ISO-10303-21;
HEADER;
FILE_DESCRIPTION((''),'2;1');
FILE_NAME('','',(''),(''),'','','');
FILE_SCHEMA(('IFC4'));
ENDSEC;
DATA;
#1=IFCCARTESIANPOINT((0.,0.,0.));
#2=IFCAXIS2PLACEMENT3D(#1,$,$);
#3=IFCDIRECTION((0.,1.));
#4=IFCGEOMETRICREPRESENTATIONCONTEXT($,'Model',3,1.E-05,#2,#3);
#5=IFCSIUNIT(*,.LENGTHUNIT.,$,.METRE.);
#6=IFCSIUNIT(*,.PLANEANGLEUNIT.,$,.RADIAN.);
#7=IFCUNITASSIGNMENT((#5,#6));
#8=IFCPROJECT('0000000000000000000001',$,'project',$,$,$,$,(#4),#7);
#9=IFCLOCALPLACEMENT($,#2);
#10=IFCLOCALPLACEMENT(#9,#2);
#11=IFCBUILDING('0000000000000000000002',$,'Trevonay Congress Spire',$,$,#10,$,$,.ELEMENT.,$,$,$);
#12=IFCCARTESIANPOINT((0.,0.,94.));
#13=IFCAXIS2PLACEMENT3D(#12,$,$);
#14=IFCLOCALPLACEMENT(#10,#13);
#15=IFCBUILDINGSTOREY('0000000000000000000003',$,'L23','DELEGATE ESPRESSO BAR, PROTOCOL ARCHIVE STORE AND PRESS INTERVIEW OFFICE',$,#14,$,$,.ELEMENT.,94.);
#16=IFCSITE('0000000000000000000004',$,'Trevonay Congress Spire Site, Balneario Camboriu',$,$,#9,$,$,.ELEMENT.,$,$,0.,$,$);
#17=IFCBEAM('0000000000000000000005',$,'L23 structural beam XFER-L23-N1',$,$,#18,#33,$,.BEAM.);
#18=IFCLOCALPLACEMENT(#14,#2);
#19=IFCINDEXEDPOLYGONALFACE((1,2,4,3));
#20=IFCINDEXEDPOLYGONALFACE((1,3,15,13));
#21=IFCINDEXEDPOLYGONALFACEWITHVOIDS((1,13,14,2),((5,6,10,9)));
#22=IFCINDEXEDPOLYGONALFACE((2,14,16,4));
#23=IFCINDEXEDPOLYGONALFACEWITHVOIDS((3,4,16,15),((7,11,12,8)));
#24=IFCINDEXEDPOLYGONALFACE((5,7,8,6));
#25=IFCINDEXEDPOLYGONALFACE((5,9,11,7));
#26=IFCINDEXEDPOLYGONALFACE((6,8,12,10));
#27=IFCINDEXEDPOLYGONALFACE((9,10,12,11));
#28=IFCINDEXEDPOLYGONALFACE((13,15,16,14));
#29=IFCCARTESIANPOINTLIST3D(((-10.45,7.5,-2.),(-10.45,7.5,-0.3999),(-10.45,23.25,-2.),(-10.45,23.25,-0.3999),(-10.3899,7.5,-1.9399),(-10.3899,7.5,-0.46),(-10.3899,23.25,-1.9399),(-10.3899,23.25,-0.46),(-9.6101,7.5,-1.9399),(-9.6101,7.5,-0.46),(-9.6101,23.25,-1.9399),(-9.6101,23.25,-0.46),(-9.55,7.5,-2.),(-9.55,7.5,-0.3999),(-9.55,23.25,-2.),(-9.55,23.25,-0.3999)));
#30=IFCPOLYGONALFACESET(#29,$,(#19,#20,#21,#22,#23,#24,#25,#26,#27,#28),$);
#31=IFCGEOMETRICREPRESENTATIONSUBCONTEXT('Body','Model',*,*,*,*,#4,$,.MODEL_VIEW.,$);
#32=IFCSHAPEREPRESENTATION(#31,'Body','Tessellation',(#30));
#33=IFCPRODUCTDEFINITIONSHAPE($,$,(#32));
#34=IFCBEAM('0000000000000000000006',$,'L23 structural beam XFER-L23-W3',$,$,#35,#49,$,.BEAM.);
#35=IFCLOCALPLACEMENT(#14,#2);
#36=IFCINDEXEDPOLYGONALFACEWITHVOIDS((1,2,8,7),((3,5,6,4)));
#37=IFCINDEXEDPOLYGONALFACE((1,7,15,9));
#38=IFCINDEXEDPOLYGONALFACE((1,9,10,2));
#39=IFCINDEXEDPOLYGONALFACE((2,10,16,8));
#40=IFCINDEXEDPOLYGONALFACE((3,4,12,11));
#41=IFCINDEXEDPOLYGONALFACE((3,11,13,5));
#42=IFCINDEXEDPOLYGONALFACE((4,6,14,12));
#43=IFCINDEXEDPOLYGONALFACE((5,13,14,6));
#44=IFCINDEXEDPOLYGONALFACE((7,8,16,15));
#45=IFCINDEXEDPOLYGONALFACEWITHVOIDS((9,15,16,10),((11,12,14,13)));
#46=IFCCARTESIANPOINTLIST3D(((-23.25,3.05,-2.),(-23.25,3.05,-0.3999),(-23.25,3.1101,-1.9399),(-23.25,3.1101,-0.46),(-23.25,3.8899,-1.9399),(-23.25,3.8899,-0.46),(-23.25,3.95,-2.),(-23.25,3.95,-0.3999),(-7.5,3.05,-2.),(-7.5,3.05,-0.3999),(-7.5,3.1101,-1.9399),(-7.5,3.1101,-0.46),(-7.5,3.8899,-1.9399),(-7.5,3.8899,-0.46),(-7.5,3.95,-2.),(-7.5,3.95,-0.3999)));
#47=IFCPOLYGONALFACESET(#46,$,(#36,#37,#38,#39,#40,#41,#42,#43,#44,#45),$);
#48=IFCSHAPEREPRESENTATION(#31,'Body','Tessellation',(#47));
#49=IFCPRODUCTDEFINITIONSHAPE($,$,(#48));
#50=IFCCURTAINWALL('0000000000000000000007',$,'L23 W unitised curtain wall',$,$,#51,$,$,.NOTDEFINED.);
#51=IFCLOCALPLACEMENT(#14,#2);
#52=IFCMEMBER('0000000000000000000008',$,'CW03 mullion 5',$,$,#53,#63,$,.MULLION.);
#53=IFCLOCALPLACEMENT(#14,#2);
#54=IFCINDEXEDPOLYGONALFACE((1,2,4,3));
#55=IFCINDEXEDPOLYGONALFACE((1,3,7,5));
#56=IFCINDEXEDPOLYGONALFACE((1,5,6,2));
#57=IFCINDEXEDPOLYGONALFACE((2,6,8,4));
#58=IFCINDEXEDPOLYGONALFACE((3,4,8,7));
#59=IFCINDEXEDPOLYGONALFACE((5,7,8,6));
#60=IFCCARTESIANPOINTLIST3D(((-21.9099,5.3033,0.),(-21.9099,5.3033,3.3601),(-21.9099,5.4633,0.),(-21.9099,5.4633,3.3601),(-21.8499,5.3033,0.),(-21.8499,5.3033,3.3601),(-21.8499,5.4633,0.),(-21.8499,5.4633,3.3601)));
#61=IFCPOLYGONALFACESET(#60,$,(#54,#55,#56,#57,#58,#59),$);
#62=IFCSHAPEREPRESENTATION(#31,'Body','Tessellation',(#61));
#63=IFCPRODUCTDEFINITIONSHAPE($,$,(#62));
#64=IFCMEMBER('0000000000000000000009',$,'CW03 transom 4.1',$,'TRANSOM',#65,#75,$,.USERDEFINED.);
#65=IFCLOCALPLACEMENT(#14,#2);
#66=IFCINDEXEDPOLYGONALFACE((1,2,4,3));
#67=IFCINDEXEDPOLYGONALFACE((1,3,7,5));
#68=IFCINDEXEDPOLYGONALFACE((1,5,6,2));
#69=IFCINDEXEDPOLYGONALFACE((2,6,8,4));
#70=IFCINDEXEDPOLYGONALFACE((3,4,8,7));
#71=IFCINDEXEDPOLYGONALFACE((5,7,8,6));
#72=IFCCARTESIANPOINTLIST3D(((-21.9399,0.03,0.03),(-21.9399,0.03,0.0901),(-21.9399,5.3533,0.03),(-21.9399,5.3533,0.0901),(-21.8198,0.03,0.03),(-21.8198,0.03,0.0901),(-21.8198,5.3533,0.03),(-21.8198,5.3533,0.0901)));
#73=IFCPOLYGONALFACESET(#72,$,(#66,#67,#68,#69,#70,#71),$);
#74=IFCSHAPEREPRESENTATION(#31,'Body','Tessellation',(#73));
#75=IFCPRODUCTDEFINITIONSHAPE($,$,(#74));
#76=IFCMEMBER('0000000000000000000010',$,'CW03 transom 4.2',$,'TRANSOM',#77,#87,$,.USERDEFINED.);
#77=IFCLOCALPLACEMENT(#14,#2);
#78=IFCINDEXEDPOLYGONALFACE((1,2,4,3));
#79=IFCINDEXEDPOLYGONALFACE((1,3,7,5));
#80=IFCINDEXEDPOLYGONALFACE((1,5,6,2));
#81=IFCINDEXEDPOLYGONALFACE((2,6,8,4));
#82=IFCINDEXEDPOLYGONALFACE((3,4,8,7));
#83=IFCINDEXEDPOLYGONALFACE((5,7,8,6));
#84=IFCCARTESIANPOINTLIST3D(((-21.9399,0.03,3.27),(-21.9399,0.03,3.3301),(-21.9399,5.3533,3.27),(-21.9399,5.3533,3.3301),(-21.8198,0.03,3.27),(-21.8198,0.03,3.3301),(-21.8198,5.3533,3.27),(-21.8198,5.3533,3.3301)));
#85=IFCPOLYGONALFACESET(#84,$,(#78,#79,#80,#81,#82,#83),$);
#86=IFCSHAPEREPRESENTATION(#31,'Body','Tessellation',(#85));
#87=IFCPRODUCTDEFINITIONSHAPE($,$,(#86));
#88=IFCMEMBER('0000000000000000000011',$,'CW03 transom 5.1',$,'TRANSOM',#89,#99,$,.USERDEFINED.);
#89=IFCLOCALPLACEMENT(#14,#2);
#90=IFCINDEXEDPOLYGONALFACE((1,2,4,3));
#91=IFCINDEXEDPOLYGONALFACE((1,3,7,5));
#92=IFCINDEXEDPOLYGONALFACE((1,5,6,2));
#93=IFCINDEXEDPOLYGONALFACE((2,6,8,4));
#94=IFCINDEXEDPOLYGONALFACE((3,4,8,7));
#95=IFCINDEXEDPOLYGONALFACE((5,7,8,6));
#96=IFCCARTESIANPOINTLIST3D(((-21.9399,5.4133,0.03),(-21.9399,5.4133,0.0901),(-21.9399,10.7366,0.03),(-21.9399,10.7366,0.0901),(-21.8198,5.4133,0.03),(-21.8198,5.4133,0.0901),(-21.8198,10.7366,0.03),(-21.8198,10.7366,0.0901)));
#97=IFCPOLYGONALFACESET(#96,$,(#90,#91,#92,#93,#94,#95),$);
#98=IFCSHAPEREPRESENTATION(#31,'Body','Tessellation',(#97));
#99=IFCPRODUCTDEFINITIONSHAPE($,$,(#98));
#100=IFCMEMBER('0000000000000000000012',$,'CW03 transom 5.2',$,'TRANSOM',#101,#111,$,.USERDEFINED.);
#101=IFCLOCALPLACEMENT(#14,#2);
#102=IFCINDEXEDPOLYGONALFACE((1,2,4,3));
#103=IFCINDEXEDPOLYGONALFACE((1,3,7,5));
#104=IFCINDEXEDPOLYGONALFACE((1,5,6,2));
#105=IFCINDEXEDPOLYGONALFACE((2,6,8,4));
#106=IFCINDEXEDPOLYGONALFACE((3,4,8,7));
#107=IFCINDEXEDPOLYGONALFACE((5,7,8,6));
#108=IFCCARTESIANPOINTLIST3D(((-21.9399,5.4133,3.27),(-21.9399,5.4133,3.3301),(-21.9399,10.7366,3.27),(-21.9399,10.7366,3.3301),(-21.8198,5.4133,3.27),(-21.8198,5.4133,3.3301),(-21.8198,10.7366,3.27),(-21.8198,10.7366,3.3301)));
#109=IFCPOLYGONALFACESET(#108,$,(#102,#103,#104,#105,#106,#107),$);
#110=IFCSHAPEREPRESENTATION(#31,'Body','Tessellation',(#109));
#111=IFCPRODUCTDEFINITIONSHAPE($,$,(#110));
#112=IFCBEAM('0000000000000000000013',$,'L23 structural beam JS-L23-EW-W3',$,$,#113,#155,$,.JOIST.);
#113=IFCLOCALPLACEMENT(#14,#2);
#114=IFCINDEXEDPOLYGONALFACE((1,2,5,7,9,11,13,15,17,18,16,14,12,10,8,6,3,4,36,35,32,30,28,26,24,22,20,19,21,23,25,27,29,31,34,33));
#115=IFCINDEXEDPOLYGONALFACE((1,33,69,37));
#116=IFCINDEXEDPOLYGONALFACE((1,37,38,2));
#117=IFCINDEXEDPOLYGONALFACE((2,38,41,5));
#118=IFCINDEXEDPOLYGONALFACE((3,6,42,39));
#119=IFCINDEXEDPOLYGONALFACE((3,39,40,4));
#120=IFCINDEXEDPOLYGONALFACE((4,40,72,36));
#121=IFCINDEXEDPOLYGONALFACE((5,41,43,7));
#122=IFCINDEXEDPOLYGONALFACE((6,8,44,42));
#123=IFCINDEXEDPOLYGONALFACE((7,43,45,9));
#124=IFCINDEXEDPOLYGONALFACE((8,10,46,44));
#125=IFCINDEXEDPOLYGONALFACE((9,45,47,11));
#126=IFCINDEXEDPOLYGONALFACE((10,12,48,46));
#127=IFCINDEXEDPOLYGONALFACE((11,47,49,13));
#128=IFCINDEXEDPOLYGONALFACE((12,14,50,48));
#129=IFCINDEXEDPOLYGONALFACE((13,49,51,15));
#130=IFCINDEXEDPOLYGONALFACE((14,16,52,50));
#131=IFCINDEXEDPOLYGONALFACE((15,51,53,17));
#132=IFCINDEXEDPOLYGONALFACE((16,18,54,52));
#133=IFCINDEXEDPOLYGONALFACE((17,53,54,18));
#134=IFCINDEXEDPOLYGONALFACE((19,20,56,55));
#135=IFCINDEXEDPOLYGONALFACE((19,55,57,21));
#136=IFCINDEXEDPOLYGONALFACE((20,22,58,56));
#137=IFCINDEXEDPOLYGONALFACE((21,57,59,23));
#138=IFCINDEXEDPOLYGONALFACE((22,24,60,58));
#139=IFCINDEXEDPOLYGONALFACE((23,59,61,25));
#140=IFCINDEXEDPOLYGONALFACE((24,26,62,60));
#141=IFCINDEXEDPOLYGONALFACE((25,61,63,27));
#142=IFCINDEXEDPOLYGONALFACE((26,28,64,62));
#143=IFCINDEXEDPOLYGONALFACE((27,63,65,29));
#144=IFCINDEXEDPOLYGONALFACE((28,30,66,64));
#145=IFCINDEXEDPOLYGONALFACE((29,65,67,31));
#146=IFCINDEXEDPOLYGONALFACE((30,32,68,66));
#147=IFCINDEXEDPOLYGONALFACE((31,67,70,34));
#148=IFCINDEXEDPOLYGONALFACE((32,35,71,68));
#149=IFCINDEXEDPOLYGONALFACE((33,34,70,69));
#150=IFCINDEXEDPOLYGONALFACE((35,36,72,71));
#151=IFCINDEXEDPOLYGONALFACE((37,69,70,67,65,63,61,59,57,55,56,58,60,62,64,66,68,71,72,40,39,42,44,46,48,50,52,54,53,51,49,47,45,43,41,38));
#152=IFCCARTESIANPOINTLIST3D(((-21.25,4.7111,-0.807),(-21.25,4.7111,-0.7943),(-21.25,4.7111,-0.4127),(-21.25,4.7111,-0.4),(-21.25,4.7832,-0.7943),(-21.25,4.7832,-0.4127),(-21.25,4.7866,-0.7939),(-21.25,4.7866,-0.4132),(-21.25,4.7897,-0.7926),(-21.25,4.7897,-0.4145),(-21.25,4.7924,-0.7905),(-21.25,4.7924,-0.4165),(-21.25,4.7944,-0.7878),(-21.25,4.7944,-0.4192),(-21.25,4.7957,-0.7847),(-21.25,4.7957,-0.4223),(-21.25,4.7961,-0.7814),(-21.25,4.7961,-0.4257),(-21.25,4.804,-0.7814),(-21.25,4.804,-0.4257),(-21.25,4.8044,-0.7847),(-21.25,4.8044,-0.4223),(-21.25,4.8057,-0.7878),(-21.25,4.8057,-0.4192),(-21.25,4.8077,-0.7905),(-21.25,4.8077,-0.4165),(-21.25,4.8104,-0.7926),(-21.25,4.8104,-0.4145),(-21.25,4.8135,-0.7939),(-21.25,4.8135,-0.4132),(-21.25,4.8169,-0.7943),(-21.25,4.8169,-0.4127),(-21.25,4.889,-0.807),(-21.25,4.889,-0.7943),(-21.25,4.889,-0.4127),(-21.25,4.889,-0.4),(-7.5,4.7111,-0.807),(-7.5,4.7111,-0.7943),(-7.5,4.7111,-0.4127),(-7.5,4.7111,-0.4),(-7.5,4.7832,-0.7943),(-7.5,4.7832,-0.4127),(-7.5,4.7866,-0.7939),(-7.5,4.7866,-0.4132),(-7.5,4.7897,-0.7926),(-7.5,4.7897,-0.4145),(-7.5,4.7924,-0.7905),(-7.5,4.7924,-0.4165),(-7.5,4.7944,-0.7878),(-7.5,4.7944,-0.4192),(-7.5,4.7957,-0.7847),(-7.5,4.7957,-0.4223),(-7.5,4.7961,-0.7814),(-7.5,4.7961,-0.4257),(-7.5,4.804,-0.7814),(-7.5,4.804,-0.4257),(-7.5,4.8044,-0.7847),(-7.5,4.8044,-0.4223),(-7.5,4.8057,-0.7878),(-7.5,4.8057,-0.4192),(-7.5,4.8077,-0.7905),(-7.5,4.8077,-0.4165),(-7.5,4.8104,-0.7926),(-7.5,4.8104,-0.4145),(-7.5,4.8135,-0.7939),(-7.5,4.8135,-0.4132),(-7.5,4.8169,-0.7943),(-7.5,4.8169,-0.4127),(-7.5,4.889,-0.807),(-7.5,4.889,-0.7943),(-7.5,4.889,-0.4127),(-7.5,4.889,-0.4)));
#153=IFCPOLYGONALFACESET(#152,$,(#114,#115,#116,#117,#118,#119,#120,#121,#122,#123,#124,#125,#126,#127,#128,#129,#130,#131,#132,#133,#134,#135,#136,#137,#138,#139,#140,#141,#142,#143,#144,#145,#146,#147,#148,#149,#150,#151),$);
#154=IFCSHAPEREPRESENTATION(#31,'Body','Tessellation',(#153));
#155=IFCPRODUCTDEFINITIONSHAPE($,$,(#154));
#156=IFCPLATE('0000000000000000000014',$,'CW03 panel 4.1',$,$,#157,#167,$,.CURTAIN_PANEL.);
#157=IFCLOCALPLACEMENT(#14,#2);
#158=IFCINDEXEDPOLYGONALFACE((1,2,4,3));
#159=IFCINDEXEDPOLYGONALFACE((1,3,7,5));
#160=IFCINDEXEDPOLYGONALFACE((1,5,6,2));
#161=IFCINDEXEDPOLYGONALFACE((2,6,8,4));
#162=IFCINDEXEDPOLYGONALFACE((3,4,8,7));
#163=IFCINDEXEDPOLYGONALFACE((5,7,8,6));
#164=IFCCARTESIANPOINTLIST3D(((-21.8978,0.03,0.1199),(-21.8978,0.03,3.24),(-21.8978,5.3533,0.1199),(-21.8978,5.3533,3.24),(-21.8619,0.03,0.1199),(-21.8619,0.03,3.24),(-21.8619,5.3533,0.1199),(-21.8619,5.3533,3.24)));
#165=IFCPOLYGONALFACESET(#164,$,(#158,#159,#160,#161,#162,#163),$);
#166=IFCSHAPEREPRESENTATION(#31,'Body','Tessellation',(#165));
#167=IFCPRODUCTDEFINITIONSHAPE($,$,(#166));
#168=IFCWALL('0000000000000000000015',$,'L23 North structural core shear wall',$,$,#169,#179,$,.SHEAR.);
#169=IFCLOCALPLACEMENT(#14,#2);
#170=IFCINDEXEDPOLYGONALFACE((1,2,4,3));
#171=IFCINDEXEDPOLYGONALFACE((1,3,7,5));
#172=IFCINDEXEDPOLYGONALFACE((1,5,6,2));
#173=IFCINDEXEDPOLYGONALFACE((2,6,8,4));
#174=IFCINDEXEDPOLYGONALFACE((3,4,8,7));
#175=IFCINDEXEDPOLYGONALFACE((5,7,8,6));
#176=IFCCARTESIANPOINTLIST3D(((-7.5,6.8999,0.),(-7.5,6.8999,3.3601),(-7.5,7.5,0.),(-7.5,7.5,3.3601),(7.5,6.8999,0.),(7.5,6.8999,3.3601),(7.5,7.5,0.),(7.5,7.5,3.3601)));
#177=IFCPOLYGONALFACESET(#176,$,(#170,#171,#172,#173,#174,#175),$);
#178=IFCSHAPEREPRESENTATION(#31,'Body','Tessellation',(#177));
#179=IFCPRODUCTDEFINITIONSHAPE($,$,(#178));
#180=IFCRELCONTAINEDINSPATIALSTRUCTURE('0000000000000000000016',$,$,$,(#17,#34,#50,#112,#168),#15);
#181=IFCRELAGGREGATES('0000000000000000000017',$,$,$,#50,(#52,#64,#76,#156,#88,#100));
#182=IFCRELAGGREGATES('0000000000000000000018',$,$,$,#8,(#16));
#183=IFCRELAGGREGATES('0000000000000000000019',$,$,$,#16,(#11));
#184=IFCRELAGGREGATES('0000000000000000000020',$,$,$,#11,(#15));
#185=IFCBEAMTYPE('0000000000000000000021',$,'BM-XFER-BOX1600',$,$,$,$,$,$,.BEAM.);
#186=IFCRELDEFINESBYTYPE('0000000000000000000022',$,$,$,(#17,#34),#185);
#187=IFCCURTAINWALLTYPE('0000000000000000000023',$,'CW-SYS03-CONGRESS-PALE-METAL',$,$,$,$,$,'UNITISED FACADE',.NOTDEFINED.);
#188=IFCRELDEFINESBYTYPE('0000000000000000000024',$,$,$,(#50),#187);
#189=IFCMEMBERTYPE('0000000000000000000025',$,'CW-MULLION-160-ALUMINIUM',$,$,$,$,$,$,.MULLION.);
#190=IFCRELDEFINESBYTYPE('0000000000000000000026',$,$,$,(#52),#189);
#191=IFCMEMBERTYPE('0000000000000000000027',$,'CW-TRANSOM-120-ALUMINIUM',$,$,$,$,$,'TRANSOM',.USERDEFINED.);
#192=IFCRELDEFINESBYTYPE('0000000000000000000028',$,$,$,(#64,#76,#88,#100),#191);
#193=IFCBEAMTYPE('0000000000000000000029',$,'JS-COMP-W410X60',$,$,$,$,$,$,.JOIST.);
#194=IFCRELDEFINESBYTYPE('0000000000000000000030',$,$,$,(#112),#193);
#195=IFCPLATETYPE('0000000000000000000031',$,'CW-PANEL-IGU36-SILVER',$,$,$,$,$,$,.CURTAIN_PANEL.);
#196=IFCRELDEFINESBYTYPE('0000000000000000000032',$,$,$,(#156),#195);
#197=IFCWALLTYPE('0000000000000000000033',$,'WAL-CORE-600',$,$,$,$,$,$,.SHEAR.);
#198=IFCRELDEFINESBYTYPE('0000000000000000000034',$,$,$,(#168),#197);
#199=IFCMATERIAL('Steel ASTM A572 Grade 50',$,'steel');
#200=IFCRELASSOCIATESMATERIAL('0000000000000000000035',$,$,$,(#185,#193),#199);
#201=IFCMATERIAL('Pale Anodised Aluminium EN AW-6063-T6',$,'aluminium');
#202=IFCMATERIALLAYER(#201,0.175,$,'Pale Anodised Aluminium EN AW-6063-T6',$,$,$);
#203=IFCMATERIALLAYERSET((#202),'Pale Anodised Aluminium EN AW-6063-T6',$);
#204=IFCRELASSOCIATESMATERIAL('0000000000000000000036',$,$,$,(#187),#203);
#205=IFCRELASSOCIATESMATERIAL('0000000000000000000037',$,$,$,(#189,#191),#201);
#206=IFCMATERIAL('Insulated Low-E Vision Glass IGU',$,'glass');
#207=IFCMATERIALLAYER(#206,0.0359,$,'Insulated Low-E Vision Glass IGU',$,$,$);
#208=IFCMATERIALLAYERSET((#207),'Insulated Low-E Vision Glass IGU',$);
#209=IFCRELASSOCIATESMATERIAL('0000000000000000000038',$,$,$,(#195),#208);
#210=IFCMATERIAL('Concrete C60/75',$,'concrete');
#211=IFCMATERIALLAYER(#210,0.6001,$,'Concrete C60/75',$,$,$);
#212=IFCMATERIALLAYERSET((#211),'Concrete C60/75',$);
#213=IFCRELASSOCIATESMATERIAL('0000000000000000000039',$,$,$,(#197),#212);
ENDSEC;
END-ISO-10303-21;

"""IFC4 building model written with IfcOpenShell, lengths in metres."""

from ifc_helpers import new_model, si_unit, direction, frame, frame_2d, origin, origin_2d, place, context, subcontext, project, spatial, rectangle, hollow_rectangle, i_section, extrude, material, layer, layer_set, material_profile, profile_set, type_object, element, aggregate, save


model = new_model("IFC4")

# Units and contexts
model_context = context("Model", 3, precision=1e-05, world=origin(), true_north=direction((0.0, 1.0)))
body_context = subcontext(model_context, "Body", "Model", "MODEL_VIEW")
ifc_project = project(units=[si_unit("LENGTHUNIT", "METRE"), si_unit("PLANEANGLEUNIT", "RADIAN")], contexts=[model_context])

# Site, building, storey
site_placement = place(None, origin())
site = spatial("IfcSite", under=ifc_project, at=site_placement, Name="Trevonay Congress Spire Site, Balneario Camboriu", CompositionType="ELEMENT", RefElevation=0.0)
building_placement = place(site_placement, origin())
building = spatial("IfcBuilding", under=site, at=building_placement, Name="Trevonay Congress Spire", CompositionType="ELEMENT")
storey_placement = place(building_placement, frame((0.0, 0.0, 94.0)))
storey = spatial("IfcBuildingStorey", under=building, at=storey_placement, Name="L23", Description="DELEGATE ESPRESSO BAR, PROTOCOL ARCHIVE STORE AND PRESS INTERVIEW OFFICE", CompositionType="ELEMENT", Elevation=94.0)

# Shared definitions
ifc_material_1 = material(Name="Steel ASTM A572 Grade 50", Category="steel")

# Beams
ifc_material_profile_1 = material_profile(ifc_material_1, hollow_rectangle(XDim=0.8999, YDim=1.6001, WallThickness=0.0601, at=origin_2d()), Name="BOX 1600x900x60")
ifc_profile_set_1 = profile_set([ifc_material_profile_1], Name="Steel ASTM A572 Grade 50")
beam_type_1 = type_object("IfcBeamType", Name="BM-XFER-BOX1600", PredefinedType="BEAM", material=ifc_profile_set_1)
for number, where, z_axis, x_axis, name in (
    (1, (-10.0, 7.5, -1.2), (0.0, 1.0, 0.0), (-1.0, 0.0, 0.0), "L23 structural beam XFER-L23-N1"),
    (2, (-7.5, 3.5, -1.2), (-1.0, 0.0, 0.0), (0.0, -1.0, 0.0), "L23 structural beam XFER-L23-W3"),
):
    element("IfcBeam", number, at=place(storey_placement, frame(where, z_axis=z_axis, x_axis=x_axis)), inside=storey, type_object=beam_type_1, Name=name, PredefinedType="BEAM", context=body_context, shape_type="SweptSolid", body=[
        extrude(hollow_rectangle(XDim=0.8999, YDim=1.6001, WallThickness=0.0601, at=origin_2d()), origin(), (0.0, 0.0, 1.0), 15.75),
    ])

# Curtain wall, members
ifc_material_2 = material(Name="Pale Anodised Aluminium EN AW-6063-T6", Category="aluminium")
ifc_layer_1 = layer(ifc_material_2, 0.175, Name="Pale Anodised Aluminium EN AW-6063-T6")
ifc_layer_set_1 = layer_set([ifc_layer_1], Name="Pale Anodised Aluminium EN AW-6063-T6")
curtain_wall_type = type_object("IfcCurtainWallType", Name="CW-SYS03-CONGRESS-PALE-METAL", ElementType="UNITISED FACADE", PredefinedType="NOTDEFINED", material=ifc_layer_set_1)
curtain_wall_placement = place(storey_placement, origin())
curtain_wall = element("IfcCurtainWall", 3, at=curtain_wall_placement, inside=storey, type_object=curtain_wall_type, Name="L23 W unitised curtain wall", PredefinedType="NOTDEFINED")
ifc_material_profile_2 = material_profile(ifc_material_2, rectangle(XDim=0.0601, YDim=0.1599, at=origin_2d()), Name="CW-MULLION-160-ALUMINIUM")
ifc_profile_set_2 = profile_set([ifc_material_profile_2], Name="Pale Anodised Aluminium EN AW-6063-T6")
member_type_1 = type_object("IfcMemberType", Name="CW-MULLION-160-ALUMINIUM", PredefinedType="MULLION", material=ifc_profile_set_2)
member_1_placement = place(storey_placement, frame((-21.8799, 5.3833, 0.0), z_axis=(0.0, 0.0, 1.0), x_axis=(-1.0, 0.0, 0.0)))
member_1 = element("IfcMember", 4, at=member_1_placement, type_object=member_type_1, Name="CW03 mullion 5", PredefinedType="MULLION", context=body_context, shape_type="SweptSolid", body=[
    extrude(rectangle(XDim=0.0601, YDim=0.1599, at=origin_2d()), origin(), (0.0, 0.0, 1.0), 3.3601),
])
ifc_material_profile_3 = material_profile(ifc_material_2, rectangle(XDim=0.1201, YDim=0.0601, at=origin_2d()), Name="CW-TRANSOM-120-ALUMINIUM")
ifc_profile_set_3 = profile_set([ifc_material_profile_3], Name="Pale Anodised Aluminium EN AW-6063-T6")
member_type_2 = type_object("IfcMemberType", Name="CW-TRANSOM-120-ALUMINIUM", ElementType="TRANSOM", PredefinedType="USERDEFINED", material=ifc_profile_set_3)
member_2_placement = place(storey_placement, frame((-21.8799, 0.03, 0.0601), z_axis=(0.0, 1.0, 0.0), x_axis=(-1.0, 0.0, 0.0)))
member_2 = element("IfcMember", 5, at=member_2_placement, type_object=member_type_2, Name="CW03 transom 4.1", ObjectType="TRANSOM", PredefinedType="USERDEFINED", context=body_context, shape_type="SweptSolid", body=[
    extrude(rectangle(XDim=0.1201, YDim=0.0601, at=origin_2d()), origin(), (0.0, 0.0, 1.0), 5.3232),
])
member_3_placement = place(storey_placement, frame((-21.8799, 0.03, 3.3), z_axis=(0.0, 1.0, 0.0), x_axis=(-1.0, 0.0, 0.0)))
member_3 = element("IfcMember", 6, at=member_3_placement, type_object=member_type_2, Name="CW03 transom 4.2", ObjectType="TRANSOM", PredefinedType="USERDEFINED", context=body_context, shape_type="SweptSolid", body=[
    extrude(rectangle(XDim=0.1201, YDim=0.0601, at=origin_2d()), origin(), (0.0, 0.0, 1.0), 5.3232),
])
member_4_placement = place(storey_placement, frame((-21.8799, 5.4133, 0.0601), z_axis=(0.0, 1.0, 0.0), x_axis=(-1.0, 0.0, 0.0)))
member_4 = element("IfcMember", 7, at=member_4_placement, type_object=member_type_2, Name="CW03 transom 5.1", ObjectType="TRANSOM", PredefinedType="USERDEFINED", context=body_context, shape_type="SweptSolid", body=[
    extrude(rectangle(XDim=0.1201, YDim=0.0601, at=origin_2d()), origin(), (0.0, 0.0, 1.0), 5.3232),
])
member_5_placement = place(storey_placement, frame((-21.8799, 5.4133, 3.3), z_axis=(0.0, 1.0, 0.0), x_axis=(-1.0, 0.0, 0.0)))
member_5 = element("IfcMember", 8, at=member_5_placement, type_object=member_type_2, Name="CW03 transom 5.2", ObjectType="TRANSOM", PredefinedType="USERDEFINED", context=body_context, shape_type="SweptSolid", body=[
    extrude(rectangle(XDim=0.1201, YDim=0.0601, at=origin_2d()), origin(), (0.0, 0.0, 1.0), 5.3232),
])

# Beam
ifc_material_profile_4 = material_profile(ifc_material_1, i_section(OverallWidth=0.178, OverallDepth=0.407, WebThickness=0.0078, FlangeThickness=0.0127, FilletRadius=0.0129, at=origin_2d()), Name="W410x60")
ifc_profile_set_4 = profile_set([ifc_material_profile_4], Name="Steel ASTM A572 Grade 50")
beam_type_2 = type_object("IfcBeamType", Name="JS-COMP-W410X60", PredefinedType="JOIST", material=ifc_profile_set_4)
beam_1_placement = place(storey_placement, frame((-21.25, 4.8, -0.6035), z_axis=(1.0, 0.0, 0.0), x_axis=(0.0, 1.0, 0.0)))
element("IfcBeam", 9, at=beam_1_placement, inside=storey, type_object=beam_type_2, Name="L23 structural beam JS-L23-EW-W3", PredefinedType="JOIST", context=body_context, shape_type="SweptSolid", body=[
    extrude(i_section(OverallWidth=0.178, OverallDepth=0.407, WebThickness=0.0078, FlangeThickness=0.0127, FilletRadius=0.0129, at=origin_2d()), origin(), (0.0, 0.0, 1.0), 13.75),
])

# Plate
ifc_material_3 = material(Name="Insulated Low-E Vision Glass IGU", Category="glass")
ifc_layer_2 = layer(ifc_material_3, 0.0359, Name="Insulated Low-E Vision Glass IGU")
ifc_layer_set_2 = layer_set([ifc_layer_2], Name="Insulated Low-E Vision Glass IGU")
plate_type = type_object("IfcPlateType", Name="CW-PANEL-IGU36-SILVER", PredefinedType="CURTAIN_PANEL", material=ifc_layer_set_2)
plate_placement = place(storey_placement, frame((-21.8799, 2.6917, 0.1199), z_axis=(0.0, 0.0, 1.0), x_axis=(0.0, 1.0, 0.0)))
plate = element("IfcPlate", 10, at=plate_placement, type_object=plate_type, Name="CW03 panel 4.1", PredefinedType="CURTAIN_PANEL", context=body_context, shape_type="SweptSolid", body=[
    extrude(rectangle(XDim=5.3232, YDim=0.0359, at=origin_2d()), origin(), (0.0, 0.0, 1.0), 3.1201),
])
aggregate(curtain_wall, [member_1, member_2, member_3, plate, member_4, member_5])

# Wall
ifc_material_4 = material(Name="Concrete C60/75", Category="concrete")
ifc_layer_3 = layer(ifc_material_4, 0.6001, Name="Concrete C60/75")
ifc_layer_set_3 = layer_set([ifc_layer_3], Name="Concrete C60/75")
wall_type_1 = type_object("IfcWallType", Name="WAL-CORE-600", PredefinedType="SHEAR", material=ifc_layer_set_3)
wall_1_placement = place(storey_placement, frame((-7.5, 7.2, 0.0), z_axis=(0.0, 0.0, 1.0), x_axis=(1.0, 0.0, 0.0)))
element("IfcWall", 11, at=wall_1_placement, inside=storey, type_object=wall_type_1, Name="L23 North structural core shear wall", PredefinedType="SHEAR", context=body_context, shape_type="SweptSolid", body=[
    extrude(rectangle(XDim=15.0, YDim=0.6001, at=frame_2d((7.5, 0.0))), origin(), (0.0, 0.0, 1.0), 3.3601),
])

save(model, "model.ifc")
